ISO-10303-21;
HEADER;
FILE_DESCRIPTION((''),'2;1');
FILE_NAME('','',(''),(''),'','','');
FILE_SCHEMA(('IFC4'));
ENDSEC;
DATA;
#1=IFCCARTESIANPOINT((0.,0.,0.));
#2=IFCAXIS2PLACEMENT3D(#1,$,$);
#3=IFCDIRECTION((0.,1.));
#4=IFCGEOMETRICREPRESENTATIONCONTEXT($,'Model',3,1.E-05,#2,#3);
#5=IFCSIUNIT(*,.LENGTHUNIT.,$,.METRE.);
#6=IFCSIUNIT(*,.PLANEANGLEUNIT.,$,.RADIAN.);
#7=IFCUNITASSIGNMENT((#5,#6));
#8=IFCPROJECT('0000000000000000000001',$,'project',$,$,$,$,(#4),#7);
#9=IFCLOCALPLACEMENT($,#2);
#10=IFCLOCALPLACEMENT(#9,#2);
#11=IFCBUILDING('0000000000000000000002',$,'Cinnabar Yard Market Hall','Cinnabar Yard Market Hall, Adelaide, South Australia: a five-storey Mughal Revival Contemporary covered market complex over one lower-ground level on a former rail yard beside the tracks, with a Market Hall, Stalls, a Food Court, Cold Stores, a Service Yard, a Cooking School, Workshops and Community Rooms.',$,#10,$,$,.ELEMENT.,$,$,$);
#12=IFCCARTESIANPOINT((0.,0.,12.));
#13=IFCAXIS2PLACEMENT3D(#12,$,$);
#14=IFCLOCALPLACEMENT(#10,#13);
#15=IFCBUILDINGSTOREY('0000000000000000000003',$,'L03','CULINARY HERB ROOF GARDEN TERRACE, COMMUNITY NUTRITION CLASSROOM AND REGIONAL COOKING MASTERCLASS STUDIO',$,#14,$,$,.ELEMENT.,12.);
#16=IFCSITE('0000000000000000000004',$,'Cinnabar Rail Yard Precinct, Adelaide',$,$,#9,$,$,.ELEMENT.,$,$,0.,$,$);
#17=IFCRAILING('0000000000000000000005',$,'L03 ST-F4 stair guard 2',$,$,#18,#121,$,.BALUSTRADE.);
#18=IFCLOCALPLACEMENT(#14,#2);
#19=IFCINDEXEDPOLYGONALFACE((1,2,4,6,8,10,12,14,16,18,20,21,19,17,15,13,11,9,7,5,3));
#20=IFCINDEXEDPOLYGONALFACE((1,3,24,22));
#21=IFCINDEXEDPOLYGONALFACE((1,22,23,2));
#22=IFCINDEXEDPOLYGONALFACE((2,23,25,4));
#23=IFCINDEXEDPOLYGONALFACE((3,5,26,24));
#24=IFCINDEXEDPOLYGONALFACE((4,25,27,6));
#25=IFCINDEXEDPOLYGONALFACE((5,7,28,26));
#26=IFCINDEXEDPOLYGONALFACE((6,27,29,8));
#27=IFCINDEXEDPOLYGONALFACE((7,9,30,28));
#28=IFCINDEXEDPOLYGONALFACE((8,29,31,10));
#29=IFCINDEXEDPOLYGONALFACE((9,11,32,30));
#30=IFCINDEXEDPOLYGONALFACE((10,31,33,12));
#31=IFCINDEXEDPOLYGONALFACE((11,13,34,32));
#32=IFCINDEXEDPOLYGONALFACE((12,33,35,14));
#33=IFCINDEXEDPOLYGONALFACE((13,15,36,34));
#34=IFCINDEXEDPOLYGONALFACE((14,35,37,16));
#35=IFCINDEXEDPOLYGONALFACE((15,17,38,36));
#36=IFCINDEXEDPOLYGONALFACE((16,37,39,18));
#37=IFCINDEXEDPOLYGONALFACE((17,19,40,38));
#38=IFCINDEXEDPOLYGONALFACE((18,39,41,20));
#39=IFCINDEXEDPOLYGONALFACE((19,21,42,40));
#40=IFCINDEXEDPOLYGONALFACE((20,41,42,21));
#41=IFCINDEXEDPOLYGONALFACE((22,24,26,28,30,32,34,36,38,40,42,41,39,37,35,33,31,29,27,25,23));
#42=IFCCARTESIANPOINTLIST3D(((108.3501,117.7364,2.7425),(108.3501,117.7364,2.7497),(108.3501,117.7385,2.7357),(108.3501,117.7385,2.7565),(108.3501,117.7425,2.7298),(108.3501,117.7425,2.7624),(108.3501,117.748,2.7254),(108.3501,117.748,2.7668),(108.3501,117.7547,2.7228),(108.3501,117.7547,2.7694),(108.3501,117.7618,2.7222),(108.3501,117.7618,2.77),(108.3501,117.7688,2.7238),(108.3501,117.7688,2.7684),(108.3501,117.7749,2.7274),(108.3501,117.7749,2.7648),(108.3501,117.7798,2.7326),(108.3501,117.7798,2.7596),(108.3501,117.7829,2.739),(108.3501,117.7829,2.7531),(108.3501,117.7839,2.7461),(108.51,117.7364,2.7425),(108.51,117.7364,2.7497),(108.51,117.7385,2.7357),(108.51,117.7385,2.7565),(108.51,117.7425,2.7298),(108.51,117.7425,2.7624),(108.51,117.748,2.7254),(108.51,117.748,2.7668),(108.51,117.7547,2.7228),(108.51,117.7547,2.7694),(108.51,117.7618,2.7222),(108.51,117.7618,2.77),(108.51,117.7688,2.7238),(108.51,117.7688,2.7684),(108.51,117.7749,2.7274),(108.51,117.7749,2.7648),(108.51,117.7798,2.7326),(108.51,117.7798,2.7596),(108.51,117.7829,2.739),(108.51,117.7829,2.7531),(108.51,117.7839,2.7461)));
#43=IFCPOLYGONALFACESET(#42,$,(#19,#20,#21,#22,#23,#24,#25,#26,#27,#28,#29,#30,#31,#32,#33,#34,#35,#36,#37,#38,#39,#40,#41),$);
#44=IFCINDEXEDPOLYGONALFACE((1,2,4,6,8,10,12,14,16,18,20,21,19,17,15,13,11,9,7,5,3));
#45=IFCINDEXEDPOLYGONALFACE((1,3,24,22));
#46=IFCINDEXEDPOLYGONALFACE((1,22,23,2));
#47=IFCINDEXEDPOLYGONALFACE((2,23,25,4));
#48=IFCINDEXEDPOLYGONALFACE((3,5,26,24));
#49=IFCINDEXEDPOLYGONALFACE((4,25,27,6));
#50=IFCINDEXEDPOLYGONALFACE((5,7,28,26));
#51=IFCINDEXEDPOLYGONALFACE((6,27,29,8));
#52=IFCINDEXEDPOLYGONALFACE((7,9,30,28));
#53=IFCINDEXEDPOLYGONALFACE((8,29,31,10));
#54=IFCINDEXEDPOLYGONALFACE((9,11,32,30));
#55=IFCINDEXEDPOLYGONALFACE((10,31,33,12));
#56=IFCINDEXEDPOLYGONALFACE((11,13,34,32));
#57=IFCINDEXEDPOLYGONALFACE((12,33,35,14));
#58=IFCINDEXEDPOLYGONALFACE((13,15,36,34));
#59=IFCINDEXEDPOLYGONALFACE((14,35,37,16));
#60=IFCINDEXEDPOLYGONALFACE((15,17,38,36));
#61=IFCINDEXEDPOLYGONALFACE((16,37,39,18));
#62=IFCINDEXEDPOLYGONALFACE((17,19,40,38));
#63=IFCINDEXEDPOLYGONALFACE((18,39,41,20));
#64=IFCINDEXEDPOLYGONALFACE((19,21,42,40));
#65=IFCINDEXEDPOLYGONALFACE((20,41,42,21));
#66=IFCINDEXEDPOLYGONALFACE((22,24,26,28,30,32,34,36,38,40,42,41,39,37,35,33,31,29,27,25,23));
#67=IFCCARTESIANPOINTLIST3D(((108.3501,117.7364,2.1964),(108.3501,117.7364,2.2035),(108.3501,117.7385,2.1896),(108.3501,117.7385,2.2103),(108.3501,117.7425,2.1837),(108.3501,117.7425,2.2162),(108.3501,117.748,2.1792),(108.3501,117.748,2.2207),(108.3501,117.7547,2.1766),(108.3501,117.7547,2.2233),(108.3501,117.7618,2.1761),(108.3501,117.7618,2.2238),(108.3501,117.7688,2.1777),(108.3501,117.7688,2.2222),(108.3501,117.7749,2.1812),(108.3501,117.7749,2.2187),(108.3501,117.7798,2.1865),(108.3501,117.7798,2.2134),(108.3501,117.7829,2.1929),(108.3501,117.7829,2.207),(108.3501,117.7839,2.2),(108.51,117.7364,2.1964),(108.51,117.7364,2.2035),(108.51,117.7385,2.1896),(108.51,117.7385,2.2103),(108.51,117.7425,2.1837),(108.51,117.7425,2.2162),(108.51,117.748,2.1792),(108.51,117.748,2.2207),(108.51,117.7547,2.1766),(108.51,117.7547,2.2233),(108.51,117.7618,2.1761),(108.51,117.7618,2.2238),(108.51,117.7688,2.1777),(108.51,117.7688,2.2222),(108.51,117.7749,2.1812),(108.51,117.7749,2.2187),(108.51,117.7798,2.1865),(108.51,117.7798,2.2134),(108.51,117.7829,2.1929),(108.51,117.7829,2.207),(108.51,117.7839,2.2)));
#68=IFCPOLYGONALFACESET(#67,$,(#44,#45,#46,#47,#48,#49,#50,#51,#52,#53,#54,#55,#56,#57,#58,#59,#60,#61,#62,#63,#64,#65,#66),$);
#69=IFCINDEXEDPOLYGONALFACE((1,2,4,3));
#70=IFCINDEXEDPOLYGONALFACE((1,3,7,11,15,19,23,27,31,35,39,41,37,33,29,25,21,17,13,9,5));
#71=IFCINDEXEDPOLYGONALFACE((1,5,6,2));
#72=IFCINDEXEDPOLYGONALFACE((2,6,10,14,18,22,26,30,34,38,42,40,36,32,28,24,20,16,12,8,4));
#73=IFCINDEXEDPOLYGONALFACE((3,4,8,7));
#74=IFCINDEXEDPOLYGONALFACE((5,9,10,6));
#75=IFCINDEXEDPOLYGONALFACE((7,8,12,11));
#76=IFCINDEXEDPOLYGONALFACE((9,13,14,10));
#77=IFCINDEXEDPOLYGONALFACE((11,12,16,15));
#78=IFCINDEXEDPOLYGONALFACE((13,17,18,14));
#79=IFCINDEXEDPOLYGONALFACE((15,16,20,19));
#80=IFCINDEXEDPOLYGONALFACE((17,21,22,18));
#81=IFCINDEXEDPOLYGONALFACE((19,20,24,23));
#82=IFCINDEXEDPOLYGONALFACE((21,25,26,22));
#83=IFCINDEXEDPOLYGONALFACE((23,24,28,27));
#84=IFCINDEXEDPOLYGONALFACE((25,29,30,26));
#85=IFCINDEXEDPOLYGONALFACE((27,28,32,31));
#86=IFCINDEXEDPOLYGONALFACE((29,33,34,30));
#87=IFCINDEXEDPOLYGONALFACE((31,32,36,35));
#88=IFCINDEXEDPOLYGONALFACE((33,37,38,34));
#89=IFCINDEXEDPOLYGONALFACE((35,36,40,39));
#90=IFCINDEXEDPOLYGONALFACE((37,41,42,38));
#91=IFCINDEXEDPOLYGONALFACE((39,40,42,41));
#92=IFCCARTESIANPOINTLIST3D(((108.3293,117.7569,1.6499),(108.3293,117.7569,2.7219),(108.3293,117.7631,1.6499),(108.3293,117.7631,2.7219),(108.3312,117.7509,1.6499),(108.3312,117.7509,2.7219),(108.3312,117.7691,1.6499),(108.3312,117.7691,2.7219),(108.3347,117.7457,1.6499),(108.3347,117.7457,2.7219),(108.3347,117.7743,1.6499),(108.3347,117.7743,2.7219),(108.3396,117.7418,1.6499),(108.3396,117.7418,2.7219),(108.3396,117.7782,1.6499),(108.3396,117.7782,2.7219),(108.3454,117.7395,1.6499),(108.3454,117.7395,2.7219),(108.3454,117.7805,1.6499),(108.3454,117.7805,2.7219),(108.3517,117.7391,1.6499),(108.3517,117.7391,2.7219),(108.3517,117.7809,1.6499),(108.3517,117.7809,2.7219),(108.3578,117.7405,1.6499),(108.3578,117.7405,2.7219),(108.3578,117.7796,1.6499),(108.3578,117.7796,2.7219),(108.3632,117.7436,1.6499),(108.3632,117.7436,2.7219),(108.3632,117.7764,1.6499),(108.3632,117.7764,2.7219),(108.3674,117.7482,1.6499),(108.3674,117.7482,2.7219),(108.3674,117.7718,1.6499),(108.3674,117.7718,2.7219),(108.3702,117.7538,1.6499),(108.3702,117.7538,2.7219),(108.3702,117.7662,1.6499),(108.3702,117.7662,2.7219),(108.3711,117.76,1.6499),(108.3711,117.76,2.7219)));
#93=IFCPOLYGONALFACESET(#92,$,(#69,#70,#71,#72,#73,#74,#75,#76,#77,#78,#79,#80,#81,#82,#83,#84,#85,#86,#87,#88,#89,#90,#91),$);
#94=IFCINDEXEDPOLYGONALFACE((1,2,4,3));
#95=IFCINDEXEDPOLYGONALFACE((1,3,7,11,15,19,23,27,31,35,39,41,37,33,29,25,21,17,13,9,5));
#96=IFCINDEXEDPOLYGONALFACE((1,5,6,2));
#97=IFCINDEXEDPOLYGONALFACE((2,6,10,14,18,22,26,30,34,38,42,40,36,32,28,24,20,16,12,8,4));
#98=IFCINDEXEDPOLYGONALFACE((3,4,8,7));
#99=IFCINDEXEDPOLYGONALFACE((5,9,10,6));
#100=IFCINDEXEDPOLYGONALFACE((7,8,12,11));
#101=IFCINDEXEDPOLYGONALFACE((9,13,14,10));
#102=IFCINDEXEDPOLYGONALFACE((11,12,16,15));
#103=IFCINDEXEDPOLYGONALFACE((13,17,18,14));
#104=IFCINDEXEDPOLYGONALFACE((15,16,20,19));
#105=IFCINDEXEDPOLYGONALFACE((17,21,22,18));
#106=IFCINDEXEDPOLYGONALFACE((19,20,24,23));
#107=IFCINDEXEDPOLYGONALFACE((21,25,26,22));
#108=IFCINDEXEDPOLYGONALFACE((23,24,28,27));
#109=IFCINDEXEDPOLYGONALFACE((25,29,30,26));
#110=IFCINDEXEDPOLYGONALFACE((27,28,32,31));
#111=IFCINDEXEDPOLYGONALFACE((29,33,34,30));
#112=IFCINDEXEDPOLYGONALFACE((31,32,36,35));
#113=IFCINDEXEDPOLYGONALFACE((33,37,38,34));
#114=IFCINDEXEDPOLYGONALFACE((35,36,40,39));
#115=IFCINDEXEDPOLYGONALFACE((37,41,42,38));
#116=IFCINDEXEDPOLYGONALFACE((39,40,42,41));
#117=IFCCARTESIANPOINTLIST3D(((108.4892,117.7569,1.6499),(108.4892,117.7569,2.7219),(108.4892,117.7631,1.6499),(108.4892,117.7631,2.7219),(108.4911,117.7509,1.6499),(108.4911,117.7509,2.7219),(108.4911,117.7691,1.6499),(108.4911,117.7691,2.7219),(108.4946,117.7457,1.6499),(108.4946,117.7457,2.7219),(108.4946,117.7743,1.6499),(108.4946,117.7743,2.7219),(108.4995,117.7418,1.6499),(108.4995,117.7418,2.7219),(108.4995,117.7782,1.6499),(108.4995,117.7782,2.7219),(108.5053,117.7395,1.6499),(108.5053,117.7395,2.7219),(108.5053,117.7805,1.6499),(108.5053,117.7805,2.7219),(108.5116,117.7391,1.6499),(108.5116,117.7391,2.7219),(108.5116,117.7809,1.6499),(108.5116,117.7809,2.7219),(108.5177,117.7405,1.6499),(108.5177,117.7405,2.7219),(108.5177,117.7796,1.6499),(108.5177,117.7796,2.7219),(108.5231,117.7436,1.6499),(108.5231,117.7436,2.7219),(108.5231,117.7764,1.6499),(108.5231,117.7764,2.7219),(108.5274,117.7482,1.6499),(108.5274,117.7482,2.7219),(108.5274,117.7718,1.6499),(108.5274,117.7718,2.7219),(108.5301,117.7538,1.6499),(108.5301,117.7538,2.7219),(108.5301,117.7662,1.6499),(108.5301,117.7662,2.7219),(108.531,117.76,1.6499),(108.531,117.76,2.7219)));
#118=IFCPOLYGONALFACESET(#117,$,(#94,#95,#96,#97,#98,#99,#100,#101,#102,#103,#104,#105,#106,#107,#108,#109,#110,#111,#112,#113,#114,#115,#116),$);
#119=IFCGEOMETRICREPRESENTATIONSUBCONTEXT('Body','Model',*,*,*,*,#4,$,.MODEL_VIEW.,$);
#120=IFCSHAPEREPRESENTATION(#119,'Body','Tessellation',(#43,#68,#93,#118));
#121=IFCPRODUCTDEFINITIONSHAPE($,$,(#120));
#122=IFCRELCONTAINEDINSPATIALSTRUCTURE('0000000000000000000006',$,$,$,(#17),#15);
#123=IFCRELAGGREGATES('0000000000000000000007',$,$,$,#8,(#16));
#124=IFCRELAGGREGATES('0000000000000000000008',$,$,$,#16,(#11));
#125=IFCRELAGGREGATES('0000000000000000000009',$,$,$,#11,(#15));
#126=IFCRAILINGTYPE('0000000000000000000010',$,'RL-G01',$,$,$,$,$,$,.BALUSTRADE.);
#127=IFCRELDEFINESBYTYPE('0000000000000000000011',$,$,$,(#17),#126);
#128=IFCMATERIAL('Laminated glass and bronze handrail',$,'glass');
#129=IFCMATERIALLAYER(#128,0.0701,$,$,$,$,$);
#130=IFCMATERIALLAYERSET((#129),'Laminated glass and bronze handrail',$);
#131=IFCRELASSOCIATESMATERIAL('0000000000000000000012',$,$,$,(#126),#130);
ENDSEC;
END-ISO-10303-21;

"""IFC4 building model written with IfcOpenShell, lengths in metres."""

from ifc_helpers import new_model, si_unit, direction, frame, origin, origin_2d_with_axis, place, context, subcontext, project, spatial, circle, extrude, material, layer, layer_set, type_object, element, save


model = new_model("IFC4")

# Units and contexts
model_context = context("Model", 3, precision=1e-05, world=origin(), true_north=direction((0.0, 1.0)))
body_context = subcontext(model_context, "Body", "Model", "MODEL_VIEW")
ifc_project = project(units=[si_unit("LENGTHUNIT", "METRE"), si_unit("PLANEANGLEUNIT", "RADIAN")], contexts=[model_context])

# Site, building, storey
site_placement = place(None, origin())
site = spatial("IfcSite", under=ifc_project, at=site_placement, Name="Cinnabar Rail Yard Precinct, Adelaide", CompositionType="ELEMENT", RefElevation=0.0)
building_placement = place(site_placement, origin())
building = spatial("IfcBuilding", under=site, at=building_placement, Name="Cinnabar Yard Market Hall", Description="Cinnabar Yard Market Hall, Adelaide, South Australia: a five-storey Mughal Revival Contemporary covered market complex over one lower-ground level on a former rail yard beside the tracks, with a Market Hall, Stalls, a Food Court, Cold Stores, a Service Yard, a Cooking School, Workshops and Community Rooms.", CompositionType="ELEMENT")
storey_placement = place(building_placement, frame((0.0, 0.0, 12.0)))
storey = spatial("IfcBuildingStorey", under=building, at=storey_placement, Name="L03", Description="CULINARY HERB ROOF GARDEN TERRACE, COMMUNITY NUTRITION CLASSROOM AND REGIONAL COOKING MASTERCLASS STUDIO", CompositionType="ELEMENT", Elevation=12.0)

# Railing
ifc_material_1 = material(Name="Laminated glass and bronze handrail", Category="glass")
ifc_layer_1 = layer(ifc_material_1, 0.0701)
ifc_layer_set_1 = layer_set([ifc_layer_1], Name="Laminated glass and bronze handrail")
railing_type_1 = type_object("IfcRailingType", Name="RL-G01", PredefinedType="BALUSTRADE", material=ifc_layer_set_1)
railing_1_placement = place(storey_placement, frame((108.3501, 117.76, 1.6499)))
element("IfcRailing", 1, at=railing_1_placement, inside=storey, type_object=railing_type_1, Name="L03 ST-F4 stair guard 2", PredefinedType="BALUSTRADE", context=body_context, shape_type="SweptSolid", body=[
    extrude(circle(Radius=0.0239, at=origin_2d_with_axis()), frame((0.0, 0.0, 1.0962), z_axis=(1.0, 0.0, 0.0), x_axis=(0.0, 1.0, 0.0)), (0.0, 0.0, 1.0), 0.1599),
    extrude(circle(Radius=0.0239, at=origin_2d_with_axis()), frame((0.0, 0.0, 0.55), z_axis=(1.0, 0.0, 0.0), x_axis=(0.0, 1.0, 0.0)), (0.0, 0.0, 1.0), 0.1599),
    extrude(circle(Radius=0.021, at=origin_2d_with_axis()), origin(), (0.0, 0.0, 1.0), 1.072),
    extrude(circle(Radius=0.021, at=origin_2d_with_axis()), frame((0.1599, 0.0, 0.0)), (0.0, 0.0, 1.0), 1.072),
])

save(model, "model.ifc")
